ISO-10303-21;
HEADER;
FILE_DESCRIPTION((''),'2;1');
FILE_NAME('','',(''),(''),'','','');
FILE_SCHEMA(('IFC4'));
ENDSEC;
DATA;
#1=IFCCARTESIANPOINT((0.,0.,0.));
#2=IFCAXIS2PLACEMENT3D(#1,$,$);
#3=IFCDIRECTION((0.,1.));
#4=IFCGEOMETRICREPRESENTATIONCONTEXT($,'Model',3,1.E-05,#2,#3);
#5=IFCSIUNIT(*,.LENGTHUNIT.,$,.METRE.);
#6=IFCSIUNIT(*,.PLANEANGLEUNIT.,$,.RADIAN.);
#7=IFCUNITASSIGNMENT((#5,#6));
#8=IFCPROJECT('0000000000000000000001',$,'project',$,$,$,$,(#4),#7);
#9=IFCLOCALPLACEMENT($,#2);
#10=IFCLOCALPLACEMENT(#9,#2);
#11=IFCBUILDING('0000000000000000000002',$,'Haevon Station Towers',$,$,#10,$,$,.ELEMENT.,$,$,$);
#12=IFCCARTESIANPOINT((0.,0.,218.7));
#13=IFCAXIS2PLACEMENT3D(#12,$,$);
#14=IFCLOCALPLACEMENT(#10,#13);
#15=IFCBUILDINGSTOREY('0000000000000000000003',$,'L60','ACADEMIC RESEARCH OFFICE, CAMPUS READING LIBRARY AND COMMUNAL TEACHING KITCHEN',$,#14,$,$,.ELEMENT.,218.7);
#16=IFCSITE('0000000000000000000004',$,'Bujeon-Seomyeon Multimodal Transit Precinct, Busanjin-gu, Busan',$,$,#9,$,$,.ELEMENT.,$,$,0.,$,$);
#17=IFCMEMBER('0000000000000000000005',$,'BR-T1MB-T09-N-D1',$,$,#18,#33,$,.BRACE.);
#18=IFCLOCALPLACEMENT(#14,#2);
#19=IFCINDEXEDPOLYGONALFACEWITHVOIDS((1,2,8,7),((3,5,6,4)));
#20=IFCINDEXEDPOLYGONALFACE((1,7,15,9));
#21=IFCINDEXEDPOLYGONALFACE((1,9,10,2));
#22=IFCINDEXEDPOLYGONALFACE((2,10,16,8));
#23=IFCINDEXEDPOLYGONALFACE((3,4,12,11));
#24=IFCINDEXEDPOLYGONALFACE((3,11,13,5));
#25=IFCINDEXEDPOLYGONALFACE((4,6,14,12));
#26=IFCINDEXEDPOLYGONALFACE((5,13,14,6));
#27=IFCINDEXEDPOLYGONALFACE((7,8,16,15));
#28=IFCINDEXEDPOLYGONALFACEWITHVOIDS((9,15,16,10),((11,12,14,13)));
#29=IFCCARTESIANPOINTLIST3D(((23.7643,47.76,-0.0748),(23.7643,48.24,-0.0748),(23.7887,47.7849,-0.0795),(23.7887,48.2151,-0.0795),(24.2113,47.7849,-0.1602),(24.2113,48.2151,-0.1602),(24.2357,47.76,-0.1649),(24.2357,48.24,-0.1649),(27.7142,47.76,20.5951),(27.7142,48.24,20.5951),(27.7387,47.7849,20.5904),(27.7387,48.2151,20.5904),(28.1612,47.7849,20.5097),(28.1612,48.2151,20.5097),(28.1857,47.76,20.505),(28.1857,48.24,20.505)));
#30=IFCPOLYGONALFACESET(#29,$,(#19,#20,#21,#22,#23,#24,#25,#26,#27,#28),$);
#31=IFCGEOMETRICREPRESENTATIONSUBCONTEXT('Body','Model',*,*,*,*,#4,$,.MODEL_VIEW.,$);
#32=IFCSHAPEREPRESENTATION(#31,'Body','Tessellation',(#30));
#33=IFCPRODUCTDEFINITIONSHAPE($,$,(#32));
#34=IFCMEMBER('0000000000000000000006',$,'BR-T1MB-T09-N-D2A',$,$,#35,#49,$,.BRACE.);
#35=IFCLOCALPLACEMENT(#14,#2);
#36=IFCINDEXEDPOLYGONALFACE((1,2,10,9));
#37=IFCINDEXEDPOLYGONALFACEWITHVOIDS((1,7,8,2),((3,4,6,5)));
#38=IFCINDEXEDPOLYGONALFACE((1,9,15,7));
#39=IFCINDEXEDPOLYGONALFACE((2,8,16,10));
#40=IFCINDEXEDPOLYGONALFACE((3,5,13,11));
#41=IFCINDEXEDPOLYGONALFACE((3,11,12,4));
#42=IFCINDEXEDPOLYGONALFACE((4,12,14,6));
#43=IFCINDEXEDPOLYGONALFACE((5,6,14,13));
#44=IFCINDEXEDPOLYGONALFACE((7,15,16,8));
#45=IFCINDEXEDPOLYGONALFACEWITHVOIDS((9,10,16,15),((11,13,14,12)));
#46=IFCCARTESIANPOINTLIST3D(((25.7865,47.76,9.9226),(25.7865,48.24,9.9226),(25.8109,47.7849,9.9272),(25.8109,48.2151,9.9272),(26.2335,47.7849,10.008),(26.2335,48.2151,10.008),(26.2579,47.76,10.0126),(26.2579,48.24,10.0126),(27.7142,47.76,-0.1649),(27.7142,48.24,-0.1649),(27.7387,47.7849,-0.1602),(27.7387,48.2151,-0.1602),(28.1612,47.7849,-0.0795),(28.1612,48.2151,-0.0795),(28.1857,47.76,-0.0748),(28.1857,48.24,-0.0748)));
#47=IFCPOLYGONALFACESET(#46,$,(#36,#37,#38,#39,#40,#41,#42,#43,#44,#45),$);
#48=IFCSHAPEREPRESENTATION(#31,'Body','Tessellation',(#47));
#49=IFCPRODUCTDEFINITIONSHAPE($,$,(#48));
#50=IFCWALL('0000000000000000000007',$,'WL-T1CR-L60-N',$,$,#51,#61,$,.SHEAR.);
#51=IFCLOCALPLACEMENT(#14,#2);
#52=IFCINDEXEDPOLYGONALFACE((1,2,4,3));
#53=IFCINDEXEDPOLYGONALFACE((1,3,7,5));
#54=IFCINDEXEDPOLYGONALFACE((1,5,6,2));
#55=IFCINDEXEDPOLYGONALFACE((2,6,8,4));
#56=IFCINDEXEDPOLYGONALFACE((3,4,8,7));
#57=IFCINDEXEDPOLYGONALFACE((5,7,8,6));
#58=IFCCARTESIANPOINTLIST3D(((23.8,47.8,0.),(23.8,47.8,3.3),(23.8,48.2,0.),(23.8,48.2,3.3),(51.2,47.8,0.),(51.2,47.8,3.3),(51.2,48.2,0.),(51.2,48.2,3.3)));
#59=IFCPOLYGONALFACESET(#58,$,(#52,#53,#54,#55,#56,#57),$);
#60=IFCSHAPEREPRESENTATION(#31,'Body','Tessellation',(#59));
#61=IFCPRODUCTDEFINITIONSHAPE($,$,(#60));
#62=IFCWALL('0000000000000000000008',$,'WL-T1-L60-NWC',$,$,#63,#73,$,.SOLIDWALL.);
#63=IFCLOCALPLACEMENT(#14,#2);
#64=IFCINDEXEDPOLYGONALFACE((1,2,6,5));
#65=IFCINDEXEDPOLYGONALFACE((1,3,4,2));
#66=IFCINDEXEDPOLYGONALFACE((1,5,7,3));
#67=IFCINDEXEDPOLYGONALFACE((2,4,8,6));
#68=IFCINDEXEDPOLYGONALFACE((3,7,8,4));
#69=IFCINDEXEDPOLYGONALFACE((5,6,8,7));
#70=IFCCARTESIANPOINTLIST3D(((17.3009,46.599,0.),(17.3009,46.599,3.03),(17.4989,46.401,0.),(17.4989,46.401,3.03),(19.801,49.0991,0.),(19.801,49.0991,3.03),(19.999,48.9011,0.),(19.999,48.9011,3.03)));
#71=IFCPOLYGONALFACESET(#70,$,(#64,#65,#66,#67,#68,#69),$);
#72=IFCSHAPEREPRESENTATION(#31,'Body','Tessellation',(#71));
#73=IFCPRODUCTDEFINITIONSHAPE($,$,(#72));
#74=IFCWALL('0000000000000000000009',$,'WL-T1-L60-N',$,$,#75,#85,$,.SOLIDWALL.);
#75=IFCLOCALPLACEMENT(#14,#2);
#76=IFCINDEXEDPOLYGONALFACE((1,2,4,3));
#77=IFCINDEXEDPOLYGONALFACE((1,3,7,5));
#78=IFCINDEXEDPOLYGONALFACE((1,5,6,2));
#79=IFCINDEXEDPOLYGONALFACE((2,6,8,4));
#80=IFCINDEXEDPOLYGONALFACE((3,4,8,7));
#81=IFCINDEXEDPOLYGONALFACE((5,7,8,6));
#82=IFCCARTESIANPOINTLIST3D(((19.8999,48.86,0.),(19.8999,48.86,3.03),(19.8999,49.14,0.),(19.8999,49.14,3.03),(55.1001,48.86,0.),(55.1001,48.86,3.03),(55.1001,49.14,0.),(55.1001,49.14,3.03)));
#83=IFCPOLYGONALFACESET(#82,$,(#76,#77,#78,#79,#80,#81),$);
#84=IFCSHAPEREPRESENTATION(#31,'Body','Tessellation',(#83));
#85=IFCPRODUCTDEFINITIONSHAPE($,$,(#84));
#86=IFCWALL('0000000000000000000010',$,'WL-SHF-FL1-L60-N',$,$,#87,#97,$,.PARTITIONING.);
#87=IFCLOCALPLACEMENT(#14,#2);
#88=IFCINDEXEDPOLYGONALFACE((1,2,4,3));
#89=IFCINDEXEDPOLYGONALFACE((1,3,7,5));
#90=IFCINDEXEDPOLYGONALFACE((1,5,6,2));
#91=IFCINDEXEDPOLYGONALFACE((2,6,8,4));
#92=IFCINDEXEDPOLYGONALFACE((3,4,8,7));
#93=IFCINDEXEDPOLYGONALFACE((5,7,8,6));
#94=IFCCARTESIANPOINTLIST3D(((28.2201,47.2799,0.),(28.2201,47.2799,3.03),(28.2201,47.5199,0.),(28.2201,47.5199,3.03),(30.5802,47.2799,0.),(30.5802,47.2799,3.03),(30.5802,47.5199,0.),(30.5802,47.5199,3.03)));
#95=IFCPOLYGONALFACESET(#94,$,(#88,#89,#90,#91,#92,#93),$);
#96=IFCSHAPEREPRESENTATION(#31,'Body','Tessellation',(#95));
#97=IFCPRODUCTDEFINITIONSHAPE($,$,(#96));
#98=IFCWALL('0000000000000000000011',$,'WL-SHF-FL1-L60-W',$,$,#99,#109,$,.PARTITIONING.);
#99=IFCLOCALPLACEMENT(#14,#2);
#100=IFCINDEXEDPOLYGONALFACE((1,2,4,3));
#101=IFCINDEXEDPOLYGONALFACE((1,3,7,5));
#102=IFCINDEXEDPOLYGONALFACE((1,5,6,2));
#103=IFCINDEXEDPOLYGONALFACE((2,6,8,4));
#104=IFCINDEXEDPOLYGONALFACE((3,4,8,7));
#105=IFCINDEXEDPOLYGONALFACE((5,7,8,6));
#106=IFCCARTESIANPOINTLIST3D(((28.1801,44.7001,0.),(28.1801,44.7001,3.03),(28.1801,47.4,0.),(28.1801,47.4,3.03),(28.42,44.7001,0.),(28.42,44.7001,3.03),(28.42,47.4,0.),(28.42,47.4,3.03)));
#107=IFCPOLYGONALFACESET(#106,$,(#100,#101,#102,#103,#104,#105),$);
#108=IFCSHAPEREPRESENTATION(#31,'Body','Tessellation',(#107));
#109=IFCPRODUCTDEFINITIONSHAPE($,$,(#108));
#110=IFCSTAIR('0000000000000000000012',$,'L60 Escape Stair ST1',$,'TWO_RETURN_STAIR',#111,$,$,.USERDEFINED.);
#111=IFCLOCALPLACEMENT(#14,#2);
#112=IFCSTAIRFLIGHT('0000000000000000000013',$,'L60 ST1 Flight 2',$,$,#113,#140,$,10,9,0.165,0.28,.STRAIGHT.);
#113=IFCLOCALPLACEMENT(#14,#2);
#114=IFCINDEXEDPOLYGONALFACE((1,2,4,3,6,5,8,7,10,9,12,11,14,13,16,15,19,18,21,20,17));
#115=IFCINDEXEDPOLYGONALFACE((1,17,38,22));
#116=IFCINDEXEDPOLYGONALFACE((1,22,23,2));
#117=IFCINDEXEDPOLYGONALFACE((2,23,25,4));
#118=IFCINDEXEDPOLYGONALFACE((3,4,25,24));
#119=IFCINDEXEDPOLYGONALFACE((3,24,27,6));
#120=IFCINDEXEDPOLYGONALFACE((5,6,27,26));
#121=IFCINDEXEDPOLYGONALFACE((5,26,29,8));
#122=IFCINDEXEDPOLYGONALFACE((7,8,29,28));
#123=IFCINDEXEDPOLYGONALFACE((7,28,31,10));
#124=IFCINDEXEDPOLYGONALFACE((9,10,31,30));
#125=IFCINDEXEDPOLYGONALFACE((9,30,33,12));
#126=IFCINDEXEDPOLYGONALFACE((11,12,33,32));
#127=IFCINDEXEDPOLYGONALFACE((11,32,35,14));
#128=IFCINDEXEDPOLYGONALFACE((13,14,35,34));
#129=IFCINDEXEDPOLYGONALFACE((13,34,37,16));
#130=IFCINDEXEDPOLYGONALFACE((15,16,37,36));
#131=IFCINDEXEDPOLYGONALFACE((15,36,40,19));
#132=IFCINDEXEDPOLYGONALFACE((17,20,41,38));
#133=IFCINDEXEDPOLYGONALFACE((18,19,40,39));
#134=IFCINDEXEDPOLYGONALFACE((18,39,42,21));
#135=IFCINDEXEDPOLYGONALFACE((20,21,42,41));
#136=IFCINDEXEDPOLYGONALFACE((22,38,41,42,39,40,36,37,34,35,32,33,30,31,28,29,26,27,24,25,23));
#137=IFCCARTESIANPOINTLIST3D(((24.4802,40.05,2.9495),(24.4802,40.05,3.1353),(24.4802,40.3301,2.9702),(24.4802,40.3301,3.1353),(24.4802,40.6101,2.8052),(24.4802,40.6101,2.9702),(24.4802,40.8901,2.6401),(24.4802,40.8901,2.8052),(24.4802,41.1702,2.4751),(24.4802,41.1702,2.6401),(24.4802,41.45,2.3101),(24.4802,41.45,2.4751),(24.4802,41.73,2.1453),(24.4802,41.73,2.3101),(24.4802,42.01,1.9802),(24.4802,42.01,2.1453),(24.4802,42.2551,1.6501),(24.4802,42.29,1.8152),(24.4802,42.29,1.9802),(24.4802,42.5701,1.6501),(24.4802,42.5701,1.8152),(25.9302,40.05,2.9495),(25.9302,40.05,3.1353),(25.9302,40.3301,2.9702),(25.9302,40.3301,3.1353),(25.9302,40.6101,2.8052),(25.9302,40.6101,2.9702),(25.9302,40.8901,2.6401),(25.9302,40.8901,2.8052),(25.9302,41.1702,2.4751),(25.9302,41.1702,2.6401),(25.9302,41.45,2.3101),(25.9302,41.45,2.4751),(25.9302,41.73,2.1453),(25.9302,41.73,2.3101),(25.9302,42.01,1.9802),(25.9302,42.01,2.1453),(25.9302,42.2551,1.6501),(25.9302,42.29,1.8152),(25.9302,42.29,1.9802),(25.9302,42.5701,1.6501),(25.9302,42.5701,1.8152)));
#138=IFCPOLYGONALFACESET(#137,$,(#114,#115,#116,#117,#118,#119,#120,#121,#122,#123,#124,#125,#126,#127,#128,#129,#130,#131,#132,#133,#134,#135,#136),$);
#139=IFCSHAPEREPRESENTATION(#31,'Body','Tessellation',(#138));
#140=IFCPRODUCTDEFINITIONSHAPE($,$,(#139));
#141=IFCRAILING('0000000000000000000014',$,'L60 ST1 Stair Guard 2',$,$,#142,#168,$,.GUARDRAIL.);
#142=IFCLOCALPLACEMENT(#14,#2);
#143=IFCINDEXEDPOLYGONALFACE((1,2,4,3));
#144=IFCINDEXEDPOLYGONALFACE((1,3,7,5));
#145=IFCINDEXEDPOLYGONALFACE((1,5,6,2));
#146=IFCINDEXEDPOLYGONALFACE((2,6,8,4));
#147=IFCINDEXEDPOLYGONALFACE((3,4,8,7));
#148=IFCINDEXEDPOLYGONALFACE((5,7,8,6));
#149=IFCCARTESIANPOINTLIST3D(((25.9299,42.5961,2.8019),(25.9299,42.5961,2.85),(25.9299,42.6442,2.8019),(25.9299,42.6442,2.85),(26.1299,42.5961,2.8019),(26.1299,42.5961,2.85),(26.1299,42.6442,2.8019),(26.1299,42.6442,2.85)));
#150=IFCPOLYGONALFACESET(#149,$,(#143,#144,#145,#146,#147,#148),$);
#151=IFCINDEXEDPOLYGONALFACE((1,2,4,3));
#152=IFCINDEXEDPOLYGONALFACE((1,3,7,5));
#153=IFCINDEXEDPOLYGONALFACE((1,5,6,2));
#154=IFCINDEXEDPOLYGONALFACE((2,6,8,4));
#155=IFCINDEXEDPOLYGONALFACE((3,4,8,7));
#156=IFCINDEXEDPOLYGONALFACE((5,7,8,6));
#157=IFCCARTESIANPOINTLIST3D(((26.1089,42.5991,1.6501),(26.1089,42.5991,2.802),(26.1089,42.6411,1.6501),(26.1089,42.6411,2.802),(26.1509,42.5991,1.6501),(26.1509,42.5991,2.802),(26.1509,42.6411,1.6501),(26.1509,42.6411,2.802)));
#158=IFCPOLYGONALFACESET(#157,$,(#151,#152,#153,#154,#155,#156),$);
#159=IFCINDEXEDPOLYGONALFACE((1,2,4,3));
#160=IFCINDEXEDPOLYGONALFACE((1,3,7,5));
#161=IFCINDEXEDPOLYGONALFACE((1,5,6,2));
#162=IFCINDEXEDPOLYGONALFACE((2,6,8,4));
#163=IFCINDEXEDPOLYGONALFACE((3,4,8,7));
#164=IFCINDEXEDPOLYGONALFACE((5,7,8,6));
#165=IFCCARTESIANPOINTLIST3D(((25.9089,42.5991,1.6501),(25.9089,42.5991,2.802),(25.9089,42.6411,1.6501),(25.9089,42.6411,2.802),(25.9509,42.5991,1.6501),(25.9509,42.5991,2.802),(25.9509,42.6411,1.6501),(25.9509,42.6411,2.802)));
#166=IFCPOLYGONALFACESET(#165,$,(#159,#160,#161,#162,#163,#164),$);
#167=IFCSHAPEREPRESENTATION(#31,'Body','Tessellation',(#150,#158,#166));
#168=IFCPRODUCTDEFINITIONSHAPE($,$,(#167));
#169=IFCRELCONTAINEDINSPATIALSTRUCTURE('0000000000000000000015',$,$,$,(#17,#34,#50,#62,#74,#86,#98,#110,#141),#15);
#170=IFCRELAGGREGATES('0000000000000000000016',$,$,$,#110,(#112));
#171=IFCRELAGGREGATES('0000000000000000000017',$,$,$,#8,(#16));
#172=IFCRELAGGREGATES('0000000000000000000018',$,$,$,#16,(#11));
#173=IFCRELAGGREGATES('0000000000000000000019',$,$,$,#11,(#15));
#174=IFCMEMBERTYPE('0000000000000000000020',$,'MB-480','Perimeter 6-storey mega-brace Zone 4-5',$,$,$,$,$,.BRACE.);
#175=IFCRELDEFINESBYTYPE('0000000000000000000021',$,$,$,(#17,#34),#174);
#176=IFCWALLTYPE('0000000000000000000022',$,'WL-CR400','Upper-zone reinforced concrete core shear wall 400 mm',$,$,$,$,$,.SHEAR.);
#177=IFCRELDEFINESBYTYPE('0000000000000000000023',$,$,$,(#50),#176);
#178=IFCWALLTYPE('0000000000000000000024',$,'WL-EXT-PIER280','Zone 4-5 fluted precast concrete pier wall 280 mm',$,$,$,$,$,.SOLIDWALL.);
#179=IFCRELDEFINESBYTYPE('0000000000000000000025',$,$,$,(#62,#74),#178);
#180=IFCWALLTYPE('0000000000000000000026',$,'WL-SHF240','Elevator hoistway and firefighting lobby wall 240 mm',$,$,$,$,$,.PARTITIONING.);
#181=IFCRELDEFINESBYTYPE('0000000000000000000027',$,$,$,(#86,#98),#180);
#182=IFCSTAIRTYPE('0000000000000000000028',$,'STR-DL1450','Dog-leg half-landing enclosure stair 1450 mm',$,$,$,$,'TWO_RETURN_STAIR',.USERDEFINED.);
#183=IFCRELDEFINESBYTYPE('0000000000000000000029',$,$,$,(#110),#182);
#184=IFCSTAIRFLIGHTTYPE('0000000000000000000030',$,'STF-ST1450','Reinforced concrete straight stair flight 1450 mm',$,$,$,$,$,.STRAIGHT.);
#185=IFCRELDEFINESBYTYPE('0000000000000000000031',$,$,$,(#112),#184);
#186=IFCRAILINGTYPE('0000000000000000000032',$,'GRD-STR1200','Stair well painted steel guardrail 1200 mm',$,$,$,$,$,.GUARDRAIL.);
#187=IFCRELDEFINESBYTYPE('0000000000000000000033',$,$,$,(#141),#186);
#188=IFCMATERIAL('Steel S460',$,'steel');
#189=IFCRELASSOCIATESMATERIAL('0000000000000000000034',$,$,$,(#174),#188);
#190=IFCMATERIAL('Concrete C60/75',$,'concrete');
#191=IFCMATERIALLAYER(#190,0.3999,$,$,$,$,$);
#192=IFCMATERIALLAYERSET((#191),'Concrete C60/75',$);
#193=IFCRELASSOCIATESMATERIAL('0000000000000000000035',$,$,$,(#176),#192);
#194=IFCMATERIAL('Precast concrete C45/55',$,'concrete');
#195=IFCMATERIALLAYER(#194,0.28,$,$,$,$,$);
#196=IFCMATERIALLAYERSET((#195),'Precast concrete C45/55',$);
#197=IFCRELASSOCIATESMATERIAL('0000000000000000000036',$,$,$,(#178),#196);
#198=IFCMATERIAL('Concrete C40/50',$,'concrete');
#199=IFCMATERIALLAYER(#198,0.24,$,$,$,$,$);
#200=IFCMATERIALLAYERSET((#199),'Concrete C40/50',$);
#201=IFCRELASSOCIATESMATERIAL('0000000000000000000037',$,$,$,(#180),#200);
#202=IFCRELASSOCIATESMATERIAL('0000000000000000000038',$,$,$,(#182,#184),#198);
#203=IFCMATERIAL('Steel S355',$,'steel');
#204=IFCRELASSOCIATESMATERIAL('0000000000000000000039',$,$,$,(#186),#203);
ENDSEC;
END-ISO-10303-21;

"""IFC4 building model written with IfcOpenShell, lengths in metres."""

from ifc_helpers import new_model, si_unit, direction, frame, frame_2d, origin, origin_2d, place, context, subcontext, project, spatial, polyline, rectangle, hollow_rectangle, outline, extrude, material, layer, layer_set, material_profile, profile_set, type_object, element, aggregate, save


model = new_model("IFC4")

# Units and contexts
model_context = context("Model", 3, precision=1e-05, world=origin(), true_north=direction((0.0, 1.0)))
body_context = subcontext(model_context, "Body", "Model", "MODEL_VIEW")
ifc_project = project(units=[si_unit("LENGTHUNIT", "METRE"), si_unit("PLANEANGLEUNIT", "RADIAN")], contexts=[model_context])

# Site, building, storey
site_placement = place(None, origin())
site = spatial("IfcSite", under=ifc_project, at=site_placement, Name="Bujeon-Seomyeon Multimodal Transit Precinct, Busanjin-gu, Busan", CompositionType="ELEMENT", RefElevation=0.0)
building_placement = place(site_placement, origin())
building = spatial("IfcBuilding", under=site, at=building_placement, Name="Haevon Station Towers", CompositionType="ELEMENT")
storey_placement = place(building_placement, frame((0.0, 0.0, 218.7)))
storey = spatial("IfcBuildingStorey", under=building, at=storey_placement, Name="L60", Description="ACADEMIC RESEARCH OFFICE, CAMPUS READING LIBRARY AND COMMUNAL TEACHING KITCHEN", CompositionType="ELEMENT", Elevation=218.7)

# Shared definitions
ifc_material_1 = material(Name="Steel S460", Category="steel")
ifc_material_2 = material(Name="Steel S355", Category="steel")

# Members
ifc_material_profile_1 = material_profile(ifc_material_1, hollow_rectangle(XDim=0.48, YDim=0.48, WallThickness=0.0249, at=origin_2d()), Name="RHS-480x480x25")
ifc_profile_set_1 = profile_set([ifc_material_profile_1], Name="Steel S460")
member_type = type_object("IfcMemberType", Name="MB-480", Description="Perimeter 6-storey mega-brace Zone 4-5", PredefinedType="BRACE", material=ifc_profile_set_1)
member_1_placement = place(storey_placement, frame((24.0, 48.0, -0.1199), z_axis=(0.1877, 0.0, 0.982226), x_axis=(0.0, 1.0, 0.0)))
element("IfcMember", 1, at=member_1_placement, inside=storey, type_object=member_type, Name="BR-T1MB-T09-N-D1", PredefinedType="BRACE", context=body_context, shape_type="SweptSolid", body=[
    extrude(hollow_rectangle(XDim=0.48, YDim=0.48, WallThickness=0.0249, at=origin_2d()), origin(), (0.0, 0.0, 1.0), 21.0439),
])
member_2_placement = place(storey_placement, frame((27.95, 48.0, -0.1199), z_axis=(-0.187706, 0.0, 0.982225), x_axis=(0.0, -1.0, 0.0)))
element("IfcMember", 2, at=member_2_placement, inside=storey, type_object=member_type, Name="BR-T1MB-T09-N-D2A", PredefinedType="BRACE", context=body_context, shape_type="SweptSolid", body=[
    extrude(hollow_rectangle(XDim=0.48, YDim=0.48, WallThickness=0.0249, at=origin_2d()), origin(), (0.0, 0.0, 1.0), 10.27),
])

# Walls
ifc_material_3 = material(Name="Concrete C60/75", Category="concrete")
ifc_layer_1 = layer(ifc_material_3, 0.3999)
ifc_layer_set_1 = layer_set([ifc_layer_1], Name="Concrete C60/75")
wall_type_1 = type_object("IfcWallType", Name="WL-CR400", Description="Upper-zone reinforced concrete core shear wall 400 mm", PredefinedType="SHEAR", material=ifc_layer_set_1)
wall_1_placement = place(storey_placement, frame((23.8, 48.0, 0.0), z_axis=(0.0, 0.0, 1.0), x_axis=(1.0, 0.0, 0.0)))
element("IfcWall", 3, at=wall_1_placement, inside=storey, type_object=wall_type_1, Name="WL-T1CR-L60-N", PredefinedType="SHEAR", context=body_context, shape_type="SweptSolid", body=[
    extrude(rectangle(XDim=27.3999, YDim=0.3999, at=frame_2d((13.7, 0.0))), origin(), (0.0, 0.0, 1.0), 3.3),
])
ifc_material_4 = material(Name="Precast concrete C45/55", Category="concrete")
ifc_layer_2 = layer(ifc_material_4, 0.28)
ifc_layer_set_2 = layer_set([ifc_layer_2], Name="Precast concrete C45/55")
wall_type_2 = type_object("IfcWallType", Name="WL-EXT-PIER280", Description="Zone 4-5 fluted precast concrete pier wall 280 mm", PredefinedType="SOLIDWALL", material=ifc_layer_set_2)
wall_2_placement = place(storey_placement, frame((17.3999, 46.5, 0.0), z_axis=(0.0, 0.0, 1.0), x_axis=(0.707107, 0.707107, 0.0)))
element("IfcWall", 4, at=wall_2_placement, inside=storey, type_object=wall_type_2, Name="WL-T1-L60-NWC", PredefinedType="SOLIDWALL", context=body_context, shape_type="SweptSolid", body=[
    extrude(rectangle(XDim=3.5356, YDim=0.28, at=frame_2d((1.7678, 0.0))), origin(), (0.0, 0.0, 1.0), 3.03),
])
wall_3_placement = place(storey_placement, frame((19.8999, 49.0, 0.0), z_axis=(0.0, 0.0, 1.0), x_axis=(1.0, 0.0, 0.0)))
element("IfcWall", 5, at=wall_3_placement, inside=storey, type_object=wall_type_2, Name="WL-T1-L60-N", PredefinedType="SOLIDWALL", context=body_context, shape_type="SweptSolid", body=[
    extrude(rectangle(XDim=35.2002, YDim=0.28, at=frame_2d((17.6001, 0.0))), origin(), (0.0, 0.0, 1.0), 3.03),
])

# Shared definitions
ifc_material_5 = material(Name="Concrete C40/50", Category="concrete")
ifc_layer_3 = layer(ifc_material_5, 0.24)
ifc_layer_set_3 = layer_set([ifc_layer_3], Name="Concrete C40/50")
wall_type_3 = type_object("IfcWallType", Name="WL-SHF240", Description="Elevator hoistway and firefighting lobby wall 240 mm", PredefinedType="PARTITIONING", material=ifc_layer_set_3)

# Walls
wall_4_placement = place(storey_placement, frame((28.22, 47.3999, 0.0), z_axis=(0.0, 0.0, 1.0), x_axis=(1.0, 0.0, 0.0)))
element("IfcWall", 6, at=wall_4_placement, inside=storey, type_object=wall_type_3, Name="WL-SHF-FL1-L60-N", PredefinedType="PARTITIONING", context=body_context, shape_type="SweptSolid", body=[
    extrude(rectangle(XDim=2.3601, YDim=0.24, at=frame_2d((1.1802, 0.0))), origin(), (0.0, 0.0, 1.0), 3.03),
])
wall_5_placement = place(storey_placement, frame((28.3, 44.7, 0.0), z_axis=(0.0, 0.0, 1.0), x_axis=(0.0, 1.0, 0.0)))
element("IfcWall", 7, at=wall_5_placement, inside=storey, type_object=wall_type_3, Name="WL-SHF-FL1-L60-W", PredefinedType="PARTITIONING", context=body_context, shape_type="SweptSolid", body=[
    extrude(rectangle(XDim=2.7, YDim=0.24, at=frame_2d((1.3501, 0.0))), origin(), (0.0, 0.0, 1.0), 3.03),
])

# Stair, stair flight
stair_type = type_object("IfcStairType", Name="STR-DL1450", Description="Dog-leg half-landing enclosure stair 1450 mm", ElementType="TWO_RETURN_STAIR", PredefinedType="USERDEFINED", material=ifc_material_5)
stair_placement = place(storey_placement, origin())
stair = element("IfcStair", 8, at=stair_placement, inside=storey, type_object=stair_type, Name="L60 Escape Stair ST1", ObjectType="TWO_RETURN_STAIR", PredefinedType="USERDEFINED")
stair_flight_type = type_object("IfcStairFlightType", Name="STF-ST1450", Description="Reinforced concrete straight stair flight 1450 mm", PredefinedType="STRAIGHT", material=ifc_material_5)
stair_flight_placement = place(storey_placement, frame((25.2051, 42.5701, 1.6501), z_axis=(0.0, 0.0, 1.0), x_axis=(0.0, -1.0, 0.0)))
stair_flight = element("IfcStairFlight", 9, at=stair_flight_placement, type_object=stair_flight_type, Name="L60 ST1 Flight 2", NumberOfRisers=10, NumberOfTreads=9, PredefinedType="STRAIGHT", RiserHeight=0.165, TreadLength=0.28, context=body_context, shape_type="SweptSolid", body=[
    extrude(outline(polyline([(0.0, 0.0), (0.0, 0.165), (0.28, 0.165), (0.28, 0.3301), (0.5601, 0.3301), (0.5601, 0.4951), (0.8401, 0.4951), (0.8401, 0.6599), (1.1201, 0.6599), (1.1201, 0.825), (1.3999, 0.825), (1.3999, 0.99), (1.6799, 0.99), (1.6799, 1.155), (1.96, 1.155), (1.96, 1.3201), (2.24, 1.3201), (2.24, 1.4851), (2.52, 1.4851), (2.52, 1.6499), (2.52, 1.2993), (0.3149, 0.0), (0.0, 0.0)])), frame((0.0, 0.7251, 0.0), z_axis=(0.0, -1.0, 0.0), x_axis=(1.0, 0.0, 0.0)), (0.0, 0.0, 1.0), 1.45),
])
aggregate(stair, [stair_flight])

# Railing
railing_type_1 = type_object("IfcRailingType", Name="GRD-STR1200", Description="Stair well painted steel guardrail 1200 mm", PredefinedType="GUARDRAIL", material=ifc_material_2)
railing_1_placement = place(storey_placement, frame((26.1299, 42.6201, 1.6501)))
element("IfcRailing", 10, at=railing_1_placement, inside=storey, type_object=railing_type_1, Name="L60 ST1 Stair Guard 2", PredefinedType="GUARDRAIL", context=body_context, shape_type="SweptSolid", body=[
    extrude(rectangle(XDim=0.0481, YDim=0.0481, at=origin_2d()), frame((0.0, 0.0, 1.1758), z_axis=(-1.0, 0.0, 0.0), x_axis=(0.0, -1.0, 0.0)), (0.0, 0.0, 1.0), 0.2),
    extrude(rectangle(XDim=0.042, YDim=0.042, at=origin_2d()), origin(), (0.0, 0.0, 1.0), 1.1519),
    extrude(rectangle(XDim=0.042, YDim=0.042, at=origin_2d()), frame((-0.2, 0.0, 0.0)), (0.0, 0.0, 1.0), 1.1519),
])

save(model, "model.ifc")
